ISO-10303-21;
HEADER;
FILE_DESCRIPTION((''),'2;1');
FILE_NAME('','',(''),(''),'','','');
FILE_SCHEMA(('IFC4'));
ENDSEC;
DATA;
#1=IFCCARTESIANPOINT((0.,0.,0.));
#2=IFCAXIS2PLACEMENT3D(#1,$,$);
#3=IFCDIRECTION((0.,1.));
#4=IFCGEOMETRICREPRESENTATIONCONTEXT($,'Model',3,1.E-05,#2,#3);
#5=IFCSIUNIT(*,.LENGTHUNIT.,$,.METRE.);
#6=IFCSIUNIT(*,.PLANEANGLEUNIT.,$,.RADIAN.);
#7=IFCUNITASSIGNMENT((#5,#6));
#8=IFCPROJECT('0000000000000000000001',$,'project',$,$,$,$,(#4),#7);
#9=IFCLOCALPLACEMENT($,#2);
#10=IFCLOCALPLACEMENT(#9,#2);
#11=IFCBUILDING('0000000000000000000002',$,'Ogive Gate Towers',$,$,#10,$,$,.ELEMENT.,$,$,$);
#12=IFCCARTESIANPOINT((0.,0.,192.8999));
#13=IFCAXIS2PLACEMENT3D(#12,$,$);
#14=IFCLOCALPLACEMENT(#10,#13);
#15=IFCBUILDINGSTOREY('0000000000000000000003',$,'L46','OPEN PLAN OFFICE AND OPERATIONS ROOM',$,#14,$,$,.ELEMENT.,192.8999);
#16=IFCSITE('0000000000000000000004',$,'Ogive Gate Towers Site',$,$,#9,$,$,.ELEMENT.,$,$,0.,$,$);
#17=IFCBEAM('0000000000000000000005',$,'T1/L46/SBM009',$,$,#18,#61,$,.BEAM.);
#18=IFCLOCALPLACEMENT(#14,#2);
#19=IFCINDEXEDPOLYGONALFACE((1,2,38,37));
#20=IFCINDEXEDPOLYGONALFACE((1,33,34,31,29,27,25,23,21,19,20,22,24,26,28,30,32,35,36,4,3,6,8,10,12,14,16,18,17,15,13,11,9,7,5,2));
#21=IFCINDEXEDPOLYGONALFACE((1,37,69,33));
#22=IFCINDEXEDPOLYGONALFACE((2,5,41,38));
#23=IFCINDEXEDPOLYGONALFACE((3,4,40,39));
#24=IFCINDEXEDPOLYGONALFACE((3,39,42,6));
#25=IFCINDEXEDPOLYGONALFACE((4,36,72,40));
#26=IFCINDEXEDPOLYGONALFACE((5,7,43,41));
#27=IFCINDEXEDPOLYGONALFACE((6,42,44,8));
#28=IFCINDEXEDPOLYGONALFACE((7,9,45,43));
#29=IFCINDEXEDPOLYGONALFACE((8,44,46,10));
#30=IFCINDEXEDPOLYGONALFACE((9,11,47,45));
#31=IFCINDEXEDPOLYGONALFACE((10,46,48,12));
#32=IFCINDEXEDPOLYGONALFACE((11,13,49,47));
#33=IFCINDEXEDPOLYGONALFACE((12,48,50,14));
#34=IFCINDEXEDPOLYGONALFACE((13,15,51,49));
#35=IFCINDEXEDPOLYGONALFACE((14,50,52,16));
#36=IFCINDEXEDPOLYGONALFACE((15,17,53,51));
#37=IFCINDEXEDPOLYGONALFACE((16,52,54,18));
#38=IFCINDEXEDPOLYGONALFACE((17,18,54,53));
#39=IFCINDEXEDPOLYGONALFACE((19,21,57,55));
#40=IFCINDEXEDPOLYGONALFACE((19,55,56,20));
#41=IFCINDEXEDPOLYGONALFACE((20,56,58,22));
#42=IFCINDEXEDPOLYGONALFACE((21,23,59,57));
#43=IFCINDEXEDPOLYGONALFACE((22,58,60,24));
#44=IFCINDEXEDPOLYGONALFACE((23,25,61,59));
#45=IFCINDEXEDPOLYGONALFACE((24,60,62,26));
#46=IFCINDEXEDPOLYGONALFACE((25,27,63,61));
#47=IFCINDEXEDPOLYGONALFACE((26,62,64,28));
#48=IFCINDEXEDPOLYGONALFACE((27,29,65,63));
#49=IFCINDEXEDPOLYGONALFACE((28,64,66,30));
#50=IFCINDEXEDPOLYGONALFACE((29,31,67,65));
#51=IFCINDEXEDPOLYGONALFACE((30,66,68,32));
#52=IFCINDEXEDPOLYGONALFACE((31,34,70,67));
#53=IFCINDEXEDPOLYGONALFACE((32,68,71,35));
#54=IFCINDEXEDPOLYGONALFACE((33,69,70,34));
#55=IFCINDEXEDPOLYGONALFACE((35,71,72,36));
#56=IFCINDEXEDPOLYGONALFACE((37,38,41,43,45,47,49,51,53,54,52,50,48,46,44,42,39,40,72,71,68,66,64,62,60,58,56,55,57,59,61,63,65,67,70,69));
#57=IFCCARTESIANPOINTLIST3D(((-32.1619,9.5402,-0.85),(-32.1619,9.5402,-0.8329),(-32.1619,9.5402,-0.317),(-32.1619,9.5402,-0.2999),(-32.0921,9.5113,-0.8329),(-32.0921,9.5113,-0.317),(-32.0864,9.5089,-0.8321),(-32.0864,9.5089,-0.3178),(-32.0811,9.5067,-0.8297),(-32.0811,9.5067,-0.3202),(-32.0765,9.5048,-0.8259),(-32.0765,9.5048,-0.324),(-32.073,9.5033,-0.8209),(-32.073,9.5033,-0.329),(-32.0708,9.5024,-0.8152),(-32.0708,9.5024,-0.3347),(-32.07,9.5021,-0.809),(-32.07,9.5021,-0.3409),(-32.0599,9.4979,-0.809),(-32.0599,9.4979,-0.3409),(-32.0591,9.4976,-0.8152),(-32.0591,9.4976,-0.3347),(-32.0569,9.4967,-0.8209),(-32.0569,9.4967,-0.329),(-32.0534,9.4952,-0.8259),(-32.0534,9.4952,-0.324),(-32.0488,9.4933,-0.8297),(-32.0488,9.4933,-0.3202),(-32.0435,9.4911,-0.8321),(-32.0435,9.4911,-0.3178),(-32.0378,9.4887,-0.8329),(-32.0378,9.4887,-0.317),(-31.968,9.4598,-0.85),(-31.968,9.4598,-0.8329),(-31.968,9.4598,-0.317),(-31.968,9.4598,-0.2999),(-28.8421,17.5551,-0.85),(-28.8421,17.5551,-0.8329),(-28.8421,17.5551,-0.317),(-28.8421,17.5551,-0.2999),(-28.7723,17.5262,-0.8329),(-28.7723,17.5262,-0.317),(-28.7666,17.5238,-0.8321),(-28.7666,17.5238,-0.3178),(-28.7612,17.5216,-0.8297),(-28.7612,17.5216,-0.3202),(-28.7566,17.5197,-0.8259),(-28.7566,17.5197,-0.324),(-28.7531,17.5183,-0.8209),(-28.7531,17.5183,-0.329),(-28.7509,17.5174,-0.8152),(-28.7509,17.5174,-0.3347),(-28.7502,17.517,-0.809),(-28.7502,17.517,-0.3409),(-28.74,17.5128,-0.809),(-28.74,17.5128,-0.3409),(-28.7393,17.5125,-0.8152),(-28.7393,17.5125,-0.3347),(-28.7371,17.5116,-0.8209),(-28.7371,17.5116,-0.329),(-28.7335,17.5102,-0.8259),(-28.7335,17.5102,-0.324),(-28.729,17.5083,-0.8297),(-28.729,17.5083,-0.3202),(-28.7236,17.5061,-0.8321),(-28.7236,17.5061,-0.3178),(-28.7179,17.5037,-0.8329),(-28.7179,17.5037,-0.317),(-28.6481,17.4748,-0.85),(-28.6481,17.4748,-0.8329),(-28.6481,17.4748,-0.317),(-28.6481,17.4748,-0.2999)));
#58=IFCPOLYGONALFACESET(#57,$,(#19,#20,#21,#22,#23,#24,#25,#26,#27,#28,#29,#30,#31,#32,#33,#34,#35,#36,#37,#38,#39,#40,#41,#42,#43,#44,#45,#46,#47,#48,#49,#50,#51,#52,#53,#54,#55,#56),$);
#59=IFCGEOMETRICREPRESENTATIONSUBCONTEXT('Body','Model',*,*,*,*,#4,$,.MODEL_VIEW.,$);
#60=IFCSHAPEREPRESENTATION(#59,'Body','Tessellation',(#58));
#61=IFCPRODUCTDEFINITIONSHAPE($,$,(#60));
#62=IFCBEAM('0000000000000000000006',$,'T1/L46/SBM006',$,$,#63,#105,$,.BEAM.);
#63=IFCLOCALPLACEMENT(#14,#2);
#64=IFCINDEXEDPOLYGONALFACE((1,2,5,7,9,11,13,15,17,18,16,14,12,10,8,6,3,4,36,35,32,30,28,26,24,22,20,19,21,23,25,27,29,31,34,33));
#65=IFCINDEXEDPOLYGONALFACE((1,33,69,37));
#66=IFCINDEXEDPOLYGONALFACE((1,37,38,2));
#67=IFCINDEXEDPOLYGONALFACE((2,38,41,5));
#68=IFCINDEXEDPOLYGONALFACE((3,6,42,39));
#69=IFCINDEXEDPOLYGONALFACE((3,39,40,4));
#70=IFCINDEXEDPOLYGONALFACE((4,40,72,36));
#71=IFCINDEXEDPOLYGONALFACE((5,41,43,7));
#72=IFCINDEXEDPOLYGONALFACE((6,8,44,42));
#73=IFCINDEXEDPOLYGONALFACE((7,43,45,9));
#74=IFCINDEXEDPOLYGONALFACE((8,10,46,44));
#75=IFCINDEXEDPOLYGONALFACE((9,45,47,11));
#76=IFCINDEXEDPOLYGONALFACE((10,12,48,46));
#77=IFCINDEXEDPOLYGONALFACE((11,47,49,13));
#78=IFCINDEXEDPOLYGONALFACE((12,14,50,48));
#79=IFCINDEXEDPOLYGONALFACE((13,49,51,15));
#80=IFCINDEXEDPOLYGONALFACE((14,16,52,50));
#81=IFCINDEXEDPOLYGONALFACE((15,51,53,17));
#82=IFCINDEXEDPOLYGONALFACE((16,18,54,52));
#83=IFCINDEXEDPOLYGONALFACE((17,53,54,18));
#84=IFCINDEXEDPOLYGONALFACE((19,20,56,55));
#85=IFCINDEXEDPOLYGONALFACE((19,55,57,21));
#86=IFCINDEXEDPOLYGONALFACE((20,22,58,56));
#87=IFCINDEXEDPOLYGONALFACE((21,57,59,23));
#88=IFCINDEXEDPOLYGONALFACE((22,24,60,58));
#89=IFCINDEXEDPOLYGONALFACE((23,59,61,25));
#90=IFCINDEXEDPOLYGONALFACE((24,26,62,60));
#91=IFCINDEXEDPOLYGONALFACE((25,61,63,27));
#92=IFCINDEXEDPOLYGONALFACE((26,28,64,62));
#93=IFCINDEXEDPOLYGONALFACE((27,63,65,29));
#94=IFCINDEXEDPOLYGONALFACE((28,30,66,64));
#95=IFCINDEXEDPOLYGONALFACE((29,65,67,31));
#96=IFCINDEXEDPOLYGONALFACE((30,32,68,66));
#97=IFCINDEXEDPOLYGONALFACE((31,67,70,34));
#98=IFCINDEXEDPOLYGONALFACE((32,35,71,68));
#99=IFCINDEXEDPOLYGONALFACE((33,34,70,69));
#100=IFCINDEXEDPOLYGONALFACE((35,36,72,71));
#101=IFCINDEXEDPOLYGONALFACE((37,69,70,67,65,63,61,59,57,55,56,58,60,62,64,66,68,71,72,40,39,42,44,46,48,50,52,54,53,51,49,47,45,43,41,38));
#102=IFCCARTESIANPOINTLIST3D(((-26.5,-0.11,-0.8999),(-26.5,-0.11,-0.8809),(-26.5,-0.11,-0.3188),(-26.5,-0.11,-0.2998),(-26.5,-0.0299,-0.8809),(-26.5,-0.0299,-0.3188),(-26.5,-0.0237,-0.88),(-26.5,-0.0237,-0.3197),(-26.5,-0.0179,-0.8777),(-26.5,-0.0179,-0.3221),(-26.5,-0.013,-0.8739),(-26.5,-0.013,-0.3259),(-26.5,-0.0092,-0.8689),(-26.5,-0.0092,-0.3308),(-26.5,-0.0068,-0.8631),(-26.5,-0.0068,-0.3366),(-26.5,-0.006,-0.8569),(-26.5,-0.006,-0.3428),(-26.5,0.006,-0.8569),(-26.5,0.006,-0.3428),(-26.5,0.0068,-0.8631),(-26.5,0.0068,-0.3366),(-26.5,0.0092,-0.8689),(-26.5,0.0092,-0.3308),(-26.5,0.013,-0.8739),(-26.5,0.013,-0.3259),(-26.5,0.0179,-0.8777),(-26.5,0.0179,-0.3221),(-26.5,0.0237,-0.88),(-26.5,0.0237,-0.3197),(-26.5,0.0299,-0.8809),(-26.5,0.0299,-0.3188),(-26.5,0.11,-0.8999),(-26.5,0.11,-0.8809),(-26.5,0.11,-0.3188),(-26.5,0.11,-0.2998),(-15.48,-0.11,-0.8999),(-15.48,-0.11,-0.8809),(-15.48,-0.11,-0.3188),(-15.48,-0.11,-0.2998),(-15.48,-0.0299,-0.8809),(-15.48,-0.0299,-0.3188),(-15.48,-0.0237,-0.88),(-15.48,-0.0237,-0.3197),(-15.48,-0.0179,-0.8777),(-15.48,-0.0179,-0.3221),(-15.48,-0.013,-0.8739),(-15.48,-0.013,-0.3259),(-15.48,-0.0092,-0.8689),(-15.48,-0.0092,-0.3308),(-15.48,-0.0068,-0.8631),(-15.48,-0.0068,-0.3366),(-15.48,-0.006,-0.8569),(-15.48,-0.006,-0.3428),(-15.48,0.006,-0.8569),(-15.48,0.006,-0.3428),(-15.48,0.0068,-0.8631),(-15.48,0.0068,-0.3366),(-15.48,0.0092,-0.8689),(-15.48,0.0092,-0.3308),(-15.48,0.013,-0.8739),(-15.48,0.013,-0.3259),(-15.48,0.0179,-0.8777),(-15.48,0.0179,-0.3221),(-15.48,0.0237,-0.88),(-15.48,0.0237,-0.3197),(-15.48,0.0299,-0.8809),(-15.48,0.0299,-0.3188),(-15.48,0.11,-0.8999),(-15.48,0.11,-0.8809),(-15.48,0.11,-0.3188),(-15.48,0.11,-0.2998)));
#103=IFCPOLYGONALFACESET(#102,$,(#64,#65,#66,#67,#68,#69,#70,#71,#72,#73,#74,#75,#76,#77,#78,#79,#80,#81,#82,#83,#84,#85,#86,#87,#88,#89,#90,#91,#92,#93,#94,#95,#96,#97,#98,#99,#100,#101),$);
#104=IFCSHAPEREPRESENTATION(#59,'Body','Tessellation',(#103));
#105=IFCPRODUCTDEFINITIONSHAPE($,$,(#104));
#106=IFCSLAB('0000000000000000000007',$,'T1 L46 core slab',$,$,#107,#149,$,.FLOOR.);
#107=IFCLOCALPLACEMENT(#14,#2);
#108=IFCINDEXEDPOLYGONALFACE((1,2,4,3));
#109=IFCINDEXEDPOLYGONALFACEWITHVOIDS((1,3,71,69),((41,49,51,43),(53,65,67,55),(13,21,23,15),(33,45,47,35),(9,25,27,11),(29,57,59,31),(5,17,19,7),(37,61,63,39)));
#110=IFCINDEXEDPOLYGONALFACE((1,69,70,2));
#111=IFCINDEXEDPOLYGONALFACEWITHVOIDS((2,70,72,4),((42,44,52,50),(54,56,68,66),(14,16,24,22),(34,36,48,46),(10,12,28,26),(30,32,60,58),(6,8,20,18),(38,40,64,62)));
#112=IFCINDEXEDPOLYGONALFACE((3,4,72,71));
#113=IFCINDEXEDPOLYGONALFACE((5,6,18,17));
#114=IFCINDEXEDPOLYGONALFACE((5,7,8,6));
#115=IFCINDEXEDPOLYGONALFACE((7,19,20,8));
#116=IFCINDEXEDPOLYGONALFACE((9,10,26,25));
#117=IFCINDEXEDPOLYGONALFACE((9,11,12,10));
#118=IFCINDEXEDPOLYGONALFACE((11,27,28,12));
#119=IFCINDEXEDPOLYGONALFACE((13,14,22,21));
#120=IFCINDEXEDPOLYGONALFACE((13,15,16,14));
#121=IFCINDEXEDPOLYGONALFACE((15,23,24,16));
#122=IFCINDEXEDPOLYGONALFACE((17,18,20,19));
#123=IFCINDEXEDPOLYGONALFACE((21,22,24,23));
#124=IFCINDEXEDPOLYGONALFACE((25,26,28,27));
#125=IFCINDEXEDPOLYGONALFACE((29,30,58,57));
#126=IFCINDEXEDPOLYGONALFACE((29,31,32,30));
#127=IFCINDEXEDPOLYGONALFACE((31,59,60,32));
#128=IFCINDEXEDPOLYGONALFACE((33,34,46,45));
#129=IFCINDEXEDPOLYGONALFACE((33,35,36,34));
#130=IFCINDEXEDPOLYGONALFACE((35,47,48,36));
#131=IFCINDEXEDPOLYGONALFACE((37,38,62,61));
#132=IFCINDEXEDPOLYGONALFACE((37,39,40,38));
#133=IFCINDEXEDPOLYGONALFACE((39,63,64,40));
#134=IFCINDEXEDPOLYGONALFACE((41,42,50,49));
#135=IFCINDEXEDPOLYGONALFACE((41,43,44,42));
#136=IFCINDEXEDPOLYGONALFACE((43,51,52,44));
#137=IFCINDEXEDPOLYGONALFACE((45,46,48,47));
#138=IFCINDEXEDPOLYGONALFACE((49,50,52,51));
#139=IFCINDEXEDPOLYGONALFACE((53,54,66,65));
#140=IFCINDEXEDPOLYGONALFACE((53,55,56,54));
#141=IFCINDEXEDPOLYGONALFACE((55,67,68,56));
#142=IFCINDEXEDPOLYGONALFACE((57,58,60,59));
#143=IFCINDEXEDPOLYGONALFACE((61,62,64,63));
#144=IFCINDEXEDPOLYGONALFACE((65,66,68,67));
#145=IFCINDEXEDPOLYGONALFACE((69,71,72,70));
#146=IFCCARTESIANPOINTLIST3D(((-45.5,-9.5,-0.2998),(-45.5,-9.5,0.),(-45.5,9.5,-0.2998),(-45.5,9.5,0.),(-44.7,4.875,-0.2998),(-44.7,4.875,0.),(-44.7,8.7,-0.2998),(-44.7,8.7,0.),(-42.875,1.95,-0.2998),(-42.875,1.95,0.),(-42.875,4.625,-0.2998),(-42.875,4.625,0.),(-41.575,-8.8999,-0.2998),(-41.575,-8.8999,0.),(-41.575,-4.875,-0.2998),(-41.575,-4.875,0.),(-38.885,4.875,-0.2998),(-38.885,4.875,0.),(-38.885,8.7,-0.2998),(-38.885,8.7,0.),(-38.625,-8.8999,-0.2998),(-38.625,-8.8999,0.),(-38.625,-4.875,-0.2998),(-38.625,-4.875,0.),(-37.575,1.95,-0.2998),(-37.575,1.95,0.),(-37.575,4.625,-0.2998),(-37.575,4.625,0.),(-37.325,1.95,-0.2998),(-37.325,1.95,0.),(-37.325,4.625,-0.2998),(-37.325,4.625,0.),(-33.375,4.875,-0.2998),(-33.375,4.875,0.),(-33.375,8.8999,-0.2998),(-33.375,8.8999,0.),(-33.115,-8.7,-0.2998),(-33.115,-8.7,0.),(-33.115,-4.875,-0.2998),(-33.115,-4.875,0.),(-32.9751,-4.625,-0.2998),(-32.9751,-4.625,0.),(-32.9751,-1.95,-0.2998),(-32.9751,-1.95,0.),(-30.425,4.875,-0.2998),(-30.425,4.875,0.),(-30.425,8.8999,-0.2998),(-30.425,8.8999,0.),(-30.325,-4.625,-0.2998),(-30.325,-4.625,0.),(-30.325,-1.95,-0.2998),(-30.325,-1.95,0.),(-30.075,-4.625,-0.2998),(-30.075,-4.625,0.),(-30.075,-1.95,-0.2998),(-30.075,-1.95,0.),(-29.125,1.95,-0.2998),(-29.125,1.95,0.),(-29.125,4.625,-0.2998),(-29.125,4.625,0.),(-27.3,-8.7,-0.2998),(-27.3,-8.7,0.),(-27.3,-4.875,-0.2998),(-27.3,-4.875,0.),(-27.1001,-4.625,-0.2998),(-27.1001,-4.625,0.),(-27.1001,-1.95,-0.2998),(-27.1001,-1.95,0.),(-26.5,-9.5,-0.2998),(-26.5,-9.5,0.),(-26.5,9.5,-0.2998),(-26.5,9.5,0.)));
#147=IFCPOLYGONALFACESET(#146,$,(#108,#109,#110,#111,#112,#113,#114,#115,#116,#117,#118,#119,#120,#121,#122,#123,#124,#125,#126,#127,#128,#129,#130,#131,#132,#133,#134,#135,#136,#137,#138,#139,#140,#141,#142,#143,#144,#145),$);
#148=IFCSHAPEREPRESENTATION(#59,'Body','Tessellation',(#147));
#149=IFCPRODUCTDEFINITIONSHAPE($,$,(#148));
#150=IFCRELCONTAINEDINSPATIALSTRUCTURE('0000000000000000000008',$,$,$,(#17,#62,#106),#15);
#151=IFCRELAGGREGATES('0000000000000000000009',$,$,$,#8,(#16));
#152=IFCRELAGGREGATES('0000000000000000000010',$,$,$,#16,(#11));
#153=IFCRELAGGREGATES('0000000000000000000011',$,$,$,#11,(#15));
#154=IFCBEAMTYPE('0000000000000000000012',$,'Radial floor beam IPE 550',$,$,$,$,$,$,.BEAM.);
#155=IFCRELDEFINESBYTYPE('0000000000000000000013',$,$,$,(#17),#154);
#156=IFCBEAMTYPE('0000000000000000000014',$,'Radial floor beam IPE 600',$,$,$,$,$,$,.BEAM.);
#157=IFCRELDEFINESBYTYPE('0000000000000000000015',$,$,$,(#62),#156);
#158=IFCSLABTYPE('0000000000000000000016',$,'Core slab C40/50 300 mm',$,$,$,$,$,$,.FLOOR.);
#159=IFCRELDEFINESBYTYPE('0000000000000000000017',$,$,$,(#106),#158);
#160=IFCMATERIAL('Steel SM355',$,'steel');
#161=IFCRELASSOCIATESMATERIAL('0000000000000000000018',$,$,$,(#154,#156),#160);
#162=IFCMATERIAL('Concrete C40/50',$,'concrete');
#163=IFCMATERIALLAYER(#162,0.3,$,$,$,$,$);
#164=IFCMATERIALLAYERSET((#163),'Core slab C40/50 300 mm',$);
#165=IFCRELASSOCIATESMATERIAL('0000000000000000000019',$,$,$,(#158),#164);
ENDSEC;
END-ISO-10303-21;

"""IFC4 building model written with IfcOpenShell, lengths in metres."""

from ifc_helpers import new_model, si_unit, direction, frame, origin, origin_2d, place, context, subcontext, project, spatial, polyline, i_section, outline, extrude, material, layer, layer_set, material_profile, profile_set, type_object, element, save


model = new_model("IFC4")

# Units and contexts
model_context = context("Model", 3, precision=1e-05, world=origin(), true_north=direction((0.0, 1.0)))
body_context = subcontext(model_context, "Body", "Model", "MODEL_VIEW")
ifc_project = project(units=[si_unit("LENGTHUNIT", "METRE"), si_unit("PLANEANGLEUNIT", "RADIAN")], contexts=[model_context])

# Site, building, storey
site_placement = place(None, origin())
site = spatial("IfcSite", under=ifc_project, at=site_placement, Name="Ogive Gate Towers Site", CompositionType="ELEMENT", RefElevation=0.0)
building_placement = place(site_placement, origin())
building = spatial("IfcBuilding", under=site, at=building_placement, Name="Ogive Gate Towers", CompositionType="ELEMENT")
storey_placement = place(building_placement, frame((0.0, 0.0, 192.8999)))
storey = spatial("IfcBuildingStorey", under=building, at=storey_placement, Name="L46", Description="OPEN PLAN OFFICE AND OPERATIONS ROOM", CompositionType="ELEMENT", Elevation=192.8999)

# Beams
ifc_material_1 = material(Name="Steel SM355", Category="steel")
ifc_material_profile_1 = material_profile(ifc_material_1, i_section(OverallWidth=0.21, OverallDepth=0.55, WebThickness=0.011, FlangeThickness=0.0171, FilletRadius=0.0239, at=origin_2d()), Name="IPE 550")
ifc_profile_set_1 = profile_set([ifc_material_profile_1], Name="Steel SM355")
beam_type_1 = type_object("IfcBeamType", Name="Radial floor beam IPE 550", PredefinedType="BEAM", material=ifc_profile_set_1)
beam_1_placement = place(storey_placement, frame((-32.0649, 9.5, -0.575), z_axis=(0.382678, 0.923882, 0.0), x_axis=(-0.923882, 0.382678, 0.0)))
element("IfcBeam", 1, at=beam_1_placement, inside=storey, type_object=beam_type_1, Name="T1/L46/SBM009", PredefinedType="BEAM", context=body_context, shape_type="SweptSolid", body=[
    extrude(i_section(OverallWidth=0.21, OverallDepth=0.55, WebThickness=0.011, FlangeThickness=0.0171, FilletRadius=0.0239, at=origin_2d()), origin(), (0.0, 0.0, 1.0), 8.6753),
])
ifc_material_profile_2 = material_profile(ifc_material_1, i_section(OverallWidth=0.22, OverallDepth=0.6001, WebThickness=0.012, FlangeThickness=0.019, FilletRadius=0.0239, at=origin_2d()), Name="IPE 600")
ifc_profile_set_2 = profile_set([ifc_material_profile_2], Name="Steel SM355")
beam_type_2 = type_object("IfcBeamType", Name="Radial floor beam IPE 600", PredefinedType="BEAM", material=ifc_profile_set_2)
beam_2_placement = place(storey_placement, frame((-26.5, 0.0, -0.5999), z_axis=(1.0, 0.0, 0.0), x_axis=(0.0, 1.0, 0.0)))
element("IfcBeam", 2, at=beam_2_placement, inside=storey, type_object=beam_type_2, Name="T1/L46/SBM006", PredefinedType="BEAM", context=body_context, shape_type="SweptSolid", body=[
    extrude(i_section(OverallWidth=0.22, OverallDepth=0.6001, WebThickness=0.012, FlangeThickness=0.019, FilletRadius=0.0239, at=origin_2d()), origin(), (0.0, 0.0, 1.0), 11.02),
])

# Slab
ifc_material_2 = material(Name="Concrete C40/50", Category="concrete")
ifc_layer_1 = layer(ifc_material_2, 0.3)
ifc_layer_set_1 = layer_set([ifc_layer_1], Name="Core slab C40/50 300 mm")
slab_type_1 = type_object("IfcSlabType", Name="Core slab C40/50 300 mm", PredefinedType="FLOOR", material=ifc_layer_set_1)
slab_1_placement = place(storey_placement, frame((0.0, 0.0, -0.2998)))
element("IfcSlab", 3, at=slab_1_placement, inside=storey, type_object=slab_type_1, Name="T1 L46 core slab", PredefinedType="FLOOR", context=body_context, shape_type="SweptSolid", body=[
    extrude(outline(polyline([(-45.5, -9.5), (-45.5, 9.5), (-26.5, 9.5), (-26.5, -9.5), (-45.5, -9.5)]), holes=[polyline([(-42.875, 1.95), (-37.575, 1.95), (-37.575, 4.625), (-42.875, 4.625), (-42.875, 1.95)]), polyline([(-37.325, 4.625), (-37.325, 1.95), (-29.125, 1.95), (-29.125, 4.625), (-37.325, 4.625)]), polyline([(-30.325, -1.95), (-32.9751, -1.95), (-32.9751, -4.625), (-30.325, -4.625), (-30.325, -1.95)]), polyline([(-27.1001, -4.625), (-27.1001, -1.95), (-30.075, -1.95), (-30.075, -4.625), (-27.1001, -4.625)]), polyline([(-33.375, 4.875), (-30.425, 4.875), (-30.425, 8.8999), (-33.375, 8.8999), (-33.375, 4.875)]), polyline([(-41.575, -4.875), (-41.575, -8.8999), (-38.625, -8.8999), (-38.625, -4.875), (-41.575, -4.875)]), polyline([(-44.7, 4.875), (-38.885, 4.875), (-38.885, 8.7), (-44.7, 8.7), (-44.7, 4.875)]), polyline([(-27.3, -8.7), (-27.3, -4.875), (-33.115, -4.875), (-33.115, -8.7), (-27.3, -8.7)])]), origin(), (0.0, 0.0, 1.0), 0.2998),
])

save(model, "model.ifc")
